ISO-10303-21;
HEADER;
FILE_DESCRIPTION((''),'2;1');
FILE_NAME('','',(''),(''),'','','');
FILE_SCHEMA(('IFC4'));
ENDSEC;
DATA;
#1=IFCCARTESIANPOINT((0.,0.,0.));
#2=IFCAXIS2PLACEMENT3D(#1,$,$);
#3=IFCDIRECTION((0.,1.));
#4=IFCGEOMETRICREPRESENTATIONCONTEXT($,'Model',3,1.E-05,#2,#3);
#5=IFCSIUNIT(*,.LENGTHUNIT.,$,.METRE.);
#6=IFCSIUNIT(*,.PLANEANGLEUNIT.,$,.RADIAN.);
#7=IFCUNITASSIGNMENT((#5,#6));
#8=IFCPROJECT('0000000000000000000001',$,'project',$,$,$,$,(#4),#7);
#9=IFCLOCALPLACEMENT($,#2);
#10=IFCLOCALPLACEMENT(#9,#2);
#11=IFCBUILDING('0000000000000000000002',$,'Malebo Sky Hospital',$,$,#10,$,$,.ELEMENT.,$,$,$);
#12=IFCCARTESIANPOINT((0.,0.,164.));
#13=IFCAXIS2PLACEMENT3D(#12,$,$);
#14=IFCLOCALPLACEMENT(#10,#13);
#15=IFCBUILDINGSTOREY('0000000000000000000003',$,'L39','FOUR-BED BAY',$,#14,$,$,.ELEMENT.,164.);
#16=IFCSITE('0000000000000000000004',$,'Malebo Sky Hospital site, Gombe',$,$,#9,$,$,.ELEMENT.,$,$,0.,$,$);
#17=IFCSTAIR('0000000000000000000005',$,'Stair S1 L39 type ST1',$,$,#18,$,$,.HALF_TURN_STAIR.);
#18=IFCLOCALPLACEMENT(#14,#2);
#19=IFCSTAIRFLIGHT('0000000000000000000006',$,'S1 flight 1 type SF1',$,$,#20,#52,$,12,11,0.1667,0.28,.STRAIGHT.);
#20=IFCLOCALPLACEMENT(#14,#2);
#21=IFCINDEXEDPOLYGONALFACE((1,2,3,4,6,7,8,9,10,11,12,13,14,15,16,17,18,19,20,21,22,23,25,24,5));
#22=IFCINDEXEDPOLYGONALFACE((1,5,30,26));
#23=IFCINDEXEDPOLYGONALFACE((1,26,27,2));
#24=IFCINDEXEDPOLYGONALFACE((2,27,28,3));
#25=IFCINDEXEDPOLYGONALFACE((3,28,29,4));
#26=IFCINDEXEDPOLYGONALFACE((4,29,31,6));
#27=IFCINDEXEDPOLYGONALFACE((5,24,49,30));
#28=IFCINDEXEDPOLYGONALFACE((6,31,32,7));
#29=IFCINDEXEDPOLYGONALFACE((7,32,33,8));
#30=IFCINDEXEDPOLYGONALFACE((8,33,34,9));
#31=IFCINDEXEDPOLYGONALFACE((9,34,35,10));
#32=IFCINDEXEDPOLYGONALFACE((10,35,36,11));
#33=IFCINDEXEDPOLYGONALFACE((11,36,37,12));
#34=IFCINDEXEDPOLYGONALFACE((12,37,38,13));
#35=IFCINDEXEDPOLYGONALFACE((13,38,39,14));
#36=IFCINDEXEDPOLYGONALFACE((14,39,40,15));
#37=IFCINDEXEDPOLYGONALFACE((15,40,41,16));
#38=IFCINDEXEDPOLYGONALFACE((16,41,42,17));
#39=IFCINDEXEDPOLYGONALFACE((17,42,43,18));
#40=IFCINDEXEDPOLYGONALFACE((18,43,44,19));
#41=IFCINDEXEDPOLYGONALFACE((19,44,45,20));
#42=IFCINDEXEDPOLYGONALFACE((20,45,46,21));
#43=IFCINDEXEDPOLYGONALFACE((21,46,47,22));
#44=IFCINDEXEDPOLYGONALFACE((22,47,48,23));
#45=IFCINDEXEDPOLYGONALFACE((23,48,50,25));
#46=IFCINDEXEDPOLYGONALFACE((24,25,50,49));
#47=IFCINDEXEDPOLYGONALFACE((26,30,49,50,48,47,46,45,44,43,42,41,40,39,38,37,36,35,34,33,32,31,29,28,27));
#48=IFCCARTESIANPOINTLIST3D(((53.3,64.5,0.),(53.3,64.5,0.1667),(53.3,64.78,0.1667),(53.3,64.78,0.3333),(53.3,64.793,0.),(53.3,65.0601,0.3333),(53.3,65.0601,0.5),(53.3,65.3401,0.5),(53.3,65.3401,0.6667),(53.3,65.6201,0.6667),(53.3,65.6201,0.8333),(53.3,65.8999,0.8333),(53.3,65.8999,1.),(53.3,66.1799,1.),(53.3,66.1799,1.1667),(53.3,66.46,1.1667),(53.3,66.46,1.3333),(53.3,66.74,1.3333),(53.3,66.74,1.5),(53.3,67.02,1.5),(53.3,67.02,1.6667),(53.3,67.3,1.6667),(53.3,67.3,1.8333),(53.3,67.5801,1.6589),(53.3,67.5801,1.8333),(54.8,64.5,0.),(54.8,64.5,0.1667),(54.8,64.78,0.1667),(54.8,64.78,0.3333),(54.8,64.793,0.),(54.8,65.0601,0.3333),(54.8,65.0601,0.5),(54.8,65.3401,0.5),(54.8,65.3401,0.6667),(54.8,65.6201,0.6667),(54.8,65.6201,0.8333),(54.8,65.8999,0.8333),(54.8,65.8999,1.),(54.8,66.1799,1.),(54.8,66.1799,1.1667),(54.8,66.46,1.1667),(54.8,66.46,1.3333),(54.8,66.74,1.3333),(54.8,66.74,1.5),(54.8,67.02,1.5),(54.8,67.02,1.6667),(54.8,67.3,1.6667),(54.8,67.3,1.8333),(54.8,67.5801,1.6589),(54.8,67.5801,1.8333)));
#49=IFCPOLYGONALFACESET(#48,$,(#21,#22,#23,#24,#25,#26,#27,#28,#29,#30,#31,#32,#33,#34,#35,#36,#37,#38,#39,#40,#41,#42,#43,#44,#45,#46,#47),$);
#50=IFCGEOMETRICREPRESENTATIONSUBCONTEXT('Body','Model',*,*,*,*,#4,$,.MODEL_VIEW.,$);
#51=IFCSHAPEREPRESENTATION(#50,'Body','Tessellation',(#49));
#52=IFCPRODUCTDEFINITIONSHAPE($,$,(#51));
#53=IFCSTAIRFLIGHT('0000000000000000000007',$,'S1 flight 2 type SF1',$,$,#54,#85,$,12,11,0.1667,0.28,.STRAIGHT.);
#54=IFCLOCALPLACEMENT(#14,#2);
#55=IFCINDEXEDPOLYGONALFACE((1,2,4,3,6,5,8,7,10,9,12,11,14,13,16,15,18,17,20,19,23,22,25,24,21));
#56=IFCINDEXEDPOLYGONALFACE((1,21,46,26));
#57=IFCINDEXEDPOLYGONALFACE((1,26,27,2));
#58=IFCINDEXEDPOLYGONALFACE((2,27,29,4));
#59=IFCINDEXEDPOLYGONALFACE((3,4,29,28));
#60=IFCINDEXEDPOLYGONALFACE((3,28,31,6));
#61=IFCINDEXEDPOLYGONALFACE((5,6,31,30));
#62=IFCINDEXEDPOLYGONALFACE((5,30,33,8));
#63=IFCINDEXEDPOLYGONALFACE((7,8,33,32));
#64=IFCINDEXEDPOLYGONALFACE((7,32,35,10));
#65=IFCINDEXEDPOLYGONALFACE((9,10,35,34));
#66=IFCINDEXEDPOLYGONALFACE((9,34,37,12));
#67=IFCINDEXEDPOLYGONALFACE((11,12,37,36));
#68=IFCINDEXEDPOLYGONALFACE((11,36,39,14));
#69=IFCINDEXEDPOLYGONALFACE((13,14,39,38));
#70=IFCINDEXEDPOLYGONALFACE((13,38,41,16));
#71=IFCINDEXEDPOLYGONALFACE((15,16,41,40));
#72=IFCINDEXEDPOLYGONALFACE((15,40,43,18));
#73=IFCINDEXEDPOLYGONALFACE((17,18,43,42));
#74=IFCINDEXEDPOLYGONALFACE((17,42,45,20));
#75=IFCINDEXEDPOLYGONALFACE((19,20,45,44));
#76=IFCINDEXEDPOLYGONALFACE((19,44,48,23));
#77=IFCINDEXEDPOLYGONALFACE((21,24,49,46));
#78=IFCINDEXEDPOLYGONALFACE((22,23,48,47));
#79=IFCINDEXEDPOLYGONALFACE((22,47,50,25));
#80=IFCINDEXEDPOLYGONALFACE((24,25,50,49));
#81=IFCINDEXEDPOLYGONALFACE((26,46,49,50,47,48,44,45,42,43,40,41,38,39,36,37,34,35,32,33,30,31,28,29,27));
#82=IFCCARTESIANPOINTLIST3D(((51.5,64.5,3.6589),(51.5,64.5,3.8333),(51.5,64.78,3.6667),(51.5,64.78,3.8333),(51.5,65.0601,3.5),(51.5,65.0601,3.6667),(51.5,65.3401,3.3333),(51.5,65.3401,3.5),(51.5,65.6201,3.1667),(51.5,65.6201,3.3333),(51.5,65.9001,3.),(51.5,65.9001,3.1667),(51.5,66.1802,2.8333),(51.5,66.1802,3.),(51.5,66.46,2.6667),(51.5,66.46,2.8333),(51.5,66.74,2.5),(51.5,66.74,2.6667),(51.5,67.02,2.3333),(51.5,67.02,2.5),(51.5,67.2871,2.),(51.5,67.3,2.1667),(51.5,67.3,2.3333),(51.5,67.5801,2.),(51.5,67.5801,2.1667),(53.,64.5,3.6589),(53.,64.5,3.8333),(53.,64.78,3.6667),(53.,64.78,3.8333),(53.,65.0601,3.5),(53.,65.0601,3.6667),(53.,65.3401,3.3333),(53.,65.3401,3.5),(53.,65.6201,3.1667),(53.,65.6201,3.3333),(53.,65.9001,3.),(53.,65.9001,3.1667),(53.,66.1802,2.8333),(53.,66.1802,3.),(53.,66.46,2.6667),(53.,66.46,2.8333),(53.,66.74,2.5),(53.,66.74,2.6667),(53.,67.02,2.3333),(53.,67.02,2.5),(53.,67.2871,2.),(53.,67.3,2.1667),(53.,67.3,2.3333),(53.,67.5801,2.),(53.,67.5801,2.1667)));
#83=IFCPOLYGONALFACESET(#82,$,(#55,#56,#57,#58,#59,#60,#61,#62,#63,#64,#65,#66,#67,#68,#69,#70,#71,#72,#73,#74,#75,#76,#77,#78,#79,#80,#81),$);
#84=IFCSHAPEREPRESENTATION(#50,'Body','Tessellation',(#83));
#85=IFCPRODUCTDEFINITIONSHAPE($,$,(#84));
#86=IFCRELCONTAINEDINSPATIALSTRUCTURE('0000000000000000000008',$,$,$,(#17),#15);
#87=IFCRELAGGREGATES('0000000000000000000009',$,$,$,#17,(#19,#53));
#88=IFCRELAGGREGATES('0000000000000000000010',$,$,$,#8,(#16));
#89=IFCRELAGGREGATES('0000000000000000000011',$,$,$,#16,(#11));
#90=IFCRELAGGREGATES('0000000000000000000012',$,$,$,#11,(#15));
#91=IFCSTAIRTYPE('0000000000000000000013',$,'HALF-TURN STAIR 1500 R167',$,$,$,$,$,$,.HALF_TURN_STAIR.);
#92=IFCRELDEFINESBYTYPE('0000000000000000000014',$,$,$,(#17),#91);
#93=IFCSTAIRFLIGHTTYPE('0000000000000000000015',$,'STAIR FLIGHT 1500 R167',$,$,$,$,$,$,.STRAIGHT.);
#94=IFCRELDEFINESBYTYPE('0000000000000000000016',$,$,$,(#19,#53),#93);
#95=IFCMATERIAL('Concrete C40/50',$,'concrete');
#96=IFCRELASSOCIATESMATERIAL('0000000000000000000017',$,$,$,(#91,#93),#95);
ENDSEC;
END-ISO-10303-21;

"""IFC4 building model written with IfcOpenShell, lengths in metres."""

from ifc_helpers import new_model, si_unit, direction, frame, origin, place, context, subcontext, project, spatial, polyline, outline, extrude, material, type_object, element, aggregate, save


model = new_model("IFC4")

# Units and contexts
model_context = context("Model", 3, precision=1e-05, world=origin(), true_north=direction((0.0, 1.0)))
body_context = subcontext(model_context, "Body", "Model", "MODEL_VIEW")
ifc_project = project(units=[si_unit("LENGTHUNIT", "METRE"), si_unit("PLANEANGLEUNIT", "RADIAN")], contexts=[model_context])

# Site, building, storey
site_placement = place(None, origin())
site = spatial("IfcSite", under=ifc_project, at=site_placement, Name="Malebo Sky Hospital site, Gombe", CompositionType="ELEMENT", RefElevation=0.0)
building_placement = place(site_placement, origin())
building = spatial("IfcBuilding", under=site, at=building_placement, Name="Malebo Sky Hospital", CompositionType="ELEMENT")
storey_placement = place(building_placement, frame((0.0, 0.0, 164.0)))
storey = spatial("IfcBuildingStorey", under=building, at=storey_placement, Name="L39", Description="FOUR-BED BAY", CompositionType="ELEMENT", Elevation=164.0)

# Stair, stair flights
ifc_material_1 = material(Name="Concrete C40/50", Category="concrete")
stair_type = type_object("IfcStairType", Name="HALF-TURN STAIR 1500 R167", PredefinedType="HALF_TURN_STAIR", material=ifc_material_1)
stair_placement = place(storey_placement, origin())
stair = element("IfcStair", 1, at=stair_placement, inside=storey, type_object=stair_type, Name="Stair S1 L39 type ST1", PredefinedType="HALF_TURN_STAIR")
stair_flight_type = type_object("IfcStairFlightType", Name="STAIR FLIGHT 1500 R167", PredefinedType="STRAIGHT", material=ifc_material_1)
stair_flight_1_placement = place(storey_placement, frame((54.05, 64.5, 0.0), z_axis=(0.0, 0.0, 1.0), x_axis=(0.0, 1.0, 0.0)))
stair_flight_1 = element("IfcStairFlight", 2, at=stair_flight_1_placement, type_object=stair_flight_type, Name="S1 flight 1 type SF1", NumberOfRisers=12, NumberOfTreads=11, PredefinedType="STRAIGHT", RiserHeight=0.1667, TreadLength=0.28, context=body_context, shape_type="SweptSolid", body=[
    extrude(outline(polyline([(0.0, 0.0), (0.0, 0.1667), (0.28, 0.1667), (0.28, 0.3333), (0.5601, 0.3333), (0.5601, 0.5), (0.8401, 0.5), (0.8401, 0.6667), (1.1201, 0.6667), (1.1201, 0.8333), (1.3999, 0.8333), (1.3999, 1.0), (1.6799, 1.0), (1.6799, 1.1667), (1.96, 1.1667), (1.96, 1.3333), (2.24, 1.3333), (2.24, 1.5), (2.52, 1.5), (2.52, 1.6667), (2.8, 1.6667), (2.8, 1.8333), (3.0801, 1.8333), (3.0801, 2.0), (3.0801, 1.6589), (0.293, 0.0), (0.0, 0.0)])), frame((0.0, 0.75, 0.0), z_axis=(0.0, -1.0, 0.0), x_axis=(1.0, 0.0, 0.0)), (0.0, 0.0, 1.0), 1.5),
])
stair_flight_2_placement = place(storey_placement, frame((52.25, 67.5801, 2.0), z_axis=(0.0, 0.0, 1.0), x_axis=(0.0, -1.0, 0.0)))
stair_flight_2 = element("IfcStairFlight", 3, at=stair_flight_2_placement, type_object=stair_flight_type, Name="S1 flight 2 type SF1", NumberOfRisers=12, NumberOfTreads=11, PredefinedType="STRAIGHT", RiserHeight=0.1667, TreadLength=0.28, context=body_context, shape_type="SweptSolid", body=[
    extrude(outline(polyline([(0.0, 0.0), (0.0, 0.1667), (0.28, 0.1667), (0.28, 0.3333), (0.5601, 0.3333), (0.5601, 0.5), (0.8401, 0.5), (0.8401, 0.6667), (1.1201, 0.6667), (1.1201, 0.8333), (1.3999, 0.8333), (1.3999, 1.0), (1.6799, 1.0), (1.6799, 1.1667), (1.96, 1.1667), (1.96, 1.3333), (2.24, 1.3333), (2.24, 1.5), (2.52, 1.5), (2.52, 1.6667), (2.8, 1.6667), (2.8, 1.8333), (3.0801, 1.8333), (3.0801, 2.0), (3.0801, 1.6589), (0.293, 0.0), (0.0, 0.0)])), frame((0.0, 0.75, 0.0), z_axis=(0.0, -1.0, 0.0), x_axis=(1.0, 0.0, 0.0)), (0.0, 0.0, 1.0), 1.5),
])
aggregate(stair, [stair_flight_1, stair_flight_2])

save(model, "model.ifc")
